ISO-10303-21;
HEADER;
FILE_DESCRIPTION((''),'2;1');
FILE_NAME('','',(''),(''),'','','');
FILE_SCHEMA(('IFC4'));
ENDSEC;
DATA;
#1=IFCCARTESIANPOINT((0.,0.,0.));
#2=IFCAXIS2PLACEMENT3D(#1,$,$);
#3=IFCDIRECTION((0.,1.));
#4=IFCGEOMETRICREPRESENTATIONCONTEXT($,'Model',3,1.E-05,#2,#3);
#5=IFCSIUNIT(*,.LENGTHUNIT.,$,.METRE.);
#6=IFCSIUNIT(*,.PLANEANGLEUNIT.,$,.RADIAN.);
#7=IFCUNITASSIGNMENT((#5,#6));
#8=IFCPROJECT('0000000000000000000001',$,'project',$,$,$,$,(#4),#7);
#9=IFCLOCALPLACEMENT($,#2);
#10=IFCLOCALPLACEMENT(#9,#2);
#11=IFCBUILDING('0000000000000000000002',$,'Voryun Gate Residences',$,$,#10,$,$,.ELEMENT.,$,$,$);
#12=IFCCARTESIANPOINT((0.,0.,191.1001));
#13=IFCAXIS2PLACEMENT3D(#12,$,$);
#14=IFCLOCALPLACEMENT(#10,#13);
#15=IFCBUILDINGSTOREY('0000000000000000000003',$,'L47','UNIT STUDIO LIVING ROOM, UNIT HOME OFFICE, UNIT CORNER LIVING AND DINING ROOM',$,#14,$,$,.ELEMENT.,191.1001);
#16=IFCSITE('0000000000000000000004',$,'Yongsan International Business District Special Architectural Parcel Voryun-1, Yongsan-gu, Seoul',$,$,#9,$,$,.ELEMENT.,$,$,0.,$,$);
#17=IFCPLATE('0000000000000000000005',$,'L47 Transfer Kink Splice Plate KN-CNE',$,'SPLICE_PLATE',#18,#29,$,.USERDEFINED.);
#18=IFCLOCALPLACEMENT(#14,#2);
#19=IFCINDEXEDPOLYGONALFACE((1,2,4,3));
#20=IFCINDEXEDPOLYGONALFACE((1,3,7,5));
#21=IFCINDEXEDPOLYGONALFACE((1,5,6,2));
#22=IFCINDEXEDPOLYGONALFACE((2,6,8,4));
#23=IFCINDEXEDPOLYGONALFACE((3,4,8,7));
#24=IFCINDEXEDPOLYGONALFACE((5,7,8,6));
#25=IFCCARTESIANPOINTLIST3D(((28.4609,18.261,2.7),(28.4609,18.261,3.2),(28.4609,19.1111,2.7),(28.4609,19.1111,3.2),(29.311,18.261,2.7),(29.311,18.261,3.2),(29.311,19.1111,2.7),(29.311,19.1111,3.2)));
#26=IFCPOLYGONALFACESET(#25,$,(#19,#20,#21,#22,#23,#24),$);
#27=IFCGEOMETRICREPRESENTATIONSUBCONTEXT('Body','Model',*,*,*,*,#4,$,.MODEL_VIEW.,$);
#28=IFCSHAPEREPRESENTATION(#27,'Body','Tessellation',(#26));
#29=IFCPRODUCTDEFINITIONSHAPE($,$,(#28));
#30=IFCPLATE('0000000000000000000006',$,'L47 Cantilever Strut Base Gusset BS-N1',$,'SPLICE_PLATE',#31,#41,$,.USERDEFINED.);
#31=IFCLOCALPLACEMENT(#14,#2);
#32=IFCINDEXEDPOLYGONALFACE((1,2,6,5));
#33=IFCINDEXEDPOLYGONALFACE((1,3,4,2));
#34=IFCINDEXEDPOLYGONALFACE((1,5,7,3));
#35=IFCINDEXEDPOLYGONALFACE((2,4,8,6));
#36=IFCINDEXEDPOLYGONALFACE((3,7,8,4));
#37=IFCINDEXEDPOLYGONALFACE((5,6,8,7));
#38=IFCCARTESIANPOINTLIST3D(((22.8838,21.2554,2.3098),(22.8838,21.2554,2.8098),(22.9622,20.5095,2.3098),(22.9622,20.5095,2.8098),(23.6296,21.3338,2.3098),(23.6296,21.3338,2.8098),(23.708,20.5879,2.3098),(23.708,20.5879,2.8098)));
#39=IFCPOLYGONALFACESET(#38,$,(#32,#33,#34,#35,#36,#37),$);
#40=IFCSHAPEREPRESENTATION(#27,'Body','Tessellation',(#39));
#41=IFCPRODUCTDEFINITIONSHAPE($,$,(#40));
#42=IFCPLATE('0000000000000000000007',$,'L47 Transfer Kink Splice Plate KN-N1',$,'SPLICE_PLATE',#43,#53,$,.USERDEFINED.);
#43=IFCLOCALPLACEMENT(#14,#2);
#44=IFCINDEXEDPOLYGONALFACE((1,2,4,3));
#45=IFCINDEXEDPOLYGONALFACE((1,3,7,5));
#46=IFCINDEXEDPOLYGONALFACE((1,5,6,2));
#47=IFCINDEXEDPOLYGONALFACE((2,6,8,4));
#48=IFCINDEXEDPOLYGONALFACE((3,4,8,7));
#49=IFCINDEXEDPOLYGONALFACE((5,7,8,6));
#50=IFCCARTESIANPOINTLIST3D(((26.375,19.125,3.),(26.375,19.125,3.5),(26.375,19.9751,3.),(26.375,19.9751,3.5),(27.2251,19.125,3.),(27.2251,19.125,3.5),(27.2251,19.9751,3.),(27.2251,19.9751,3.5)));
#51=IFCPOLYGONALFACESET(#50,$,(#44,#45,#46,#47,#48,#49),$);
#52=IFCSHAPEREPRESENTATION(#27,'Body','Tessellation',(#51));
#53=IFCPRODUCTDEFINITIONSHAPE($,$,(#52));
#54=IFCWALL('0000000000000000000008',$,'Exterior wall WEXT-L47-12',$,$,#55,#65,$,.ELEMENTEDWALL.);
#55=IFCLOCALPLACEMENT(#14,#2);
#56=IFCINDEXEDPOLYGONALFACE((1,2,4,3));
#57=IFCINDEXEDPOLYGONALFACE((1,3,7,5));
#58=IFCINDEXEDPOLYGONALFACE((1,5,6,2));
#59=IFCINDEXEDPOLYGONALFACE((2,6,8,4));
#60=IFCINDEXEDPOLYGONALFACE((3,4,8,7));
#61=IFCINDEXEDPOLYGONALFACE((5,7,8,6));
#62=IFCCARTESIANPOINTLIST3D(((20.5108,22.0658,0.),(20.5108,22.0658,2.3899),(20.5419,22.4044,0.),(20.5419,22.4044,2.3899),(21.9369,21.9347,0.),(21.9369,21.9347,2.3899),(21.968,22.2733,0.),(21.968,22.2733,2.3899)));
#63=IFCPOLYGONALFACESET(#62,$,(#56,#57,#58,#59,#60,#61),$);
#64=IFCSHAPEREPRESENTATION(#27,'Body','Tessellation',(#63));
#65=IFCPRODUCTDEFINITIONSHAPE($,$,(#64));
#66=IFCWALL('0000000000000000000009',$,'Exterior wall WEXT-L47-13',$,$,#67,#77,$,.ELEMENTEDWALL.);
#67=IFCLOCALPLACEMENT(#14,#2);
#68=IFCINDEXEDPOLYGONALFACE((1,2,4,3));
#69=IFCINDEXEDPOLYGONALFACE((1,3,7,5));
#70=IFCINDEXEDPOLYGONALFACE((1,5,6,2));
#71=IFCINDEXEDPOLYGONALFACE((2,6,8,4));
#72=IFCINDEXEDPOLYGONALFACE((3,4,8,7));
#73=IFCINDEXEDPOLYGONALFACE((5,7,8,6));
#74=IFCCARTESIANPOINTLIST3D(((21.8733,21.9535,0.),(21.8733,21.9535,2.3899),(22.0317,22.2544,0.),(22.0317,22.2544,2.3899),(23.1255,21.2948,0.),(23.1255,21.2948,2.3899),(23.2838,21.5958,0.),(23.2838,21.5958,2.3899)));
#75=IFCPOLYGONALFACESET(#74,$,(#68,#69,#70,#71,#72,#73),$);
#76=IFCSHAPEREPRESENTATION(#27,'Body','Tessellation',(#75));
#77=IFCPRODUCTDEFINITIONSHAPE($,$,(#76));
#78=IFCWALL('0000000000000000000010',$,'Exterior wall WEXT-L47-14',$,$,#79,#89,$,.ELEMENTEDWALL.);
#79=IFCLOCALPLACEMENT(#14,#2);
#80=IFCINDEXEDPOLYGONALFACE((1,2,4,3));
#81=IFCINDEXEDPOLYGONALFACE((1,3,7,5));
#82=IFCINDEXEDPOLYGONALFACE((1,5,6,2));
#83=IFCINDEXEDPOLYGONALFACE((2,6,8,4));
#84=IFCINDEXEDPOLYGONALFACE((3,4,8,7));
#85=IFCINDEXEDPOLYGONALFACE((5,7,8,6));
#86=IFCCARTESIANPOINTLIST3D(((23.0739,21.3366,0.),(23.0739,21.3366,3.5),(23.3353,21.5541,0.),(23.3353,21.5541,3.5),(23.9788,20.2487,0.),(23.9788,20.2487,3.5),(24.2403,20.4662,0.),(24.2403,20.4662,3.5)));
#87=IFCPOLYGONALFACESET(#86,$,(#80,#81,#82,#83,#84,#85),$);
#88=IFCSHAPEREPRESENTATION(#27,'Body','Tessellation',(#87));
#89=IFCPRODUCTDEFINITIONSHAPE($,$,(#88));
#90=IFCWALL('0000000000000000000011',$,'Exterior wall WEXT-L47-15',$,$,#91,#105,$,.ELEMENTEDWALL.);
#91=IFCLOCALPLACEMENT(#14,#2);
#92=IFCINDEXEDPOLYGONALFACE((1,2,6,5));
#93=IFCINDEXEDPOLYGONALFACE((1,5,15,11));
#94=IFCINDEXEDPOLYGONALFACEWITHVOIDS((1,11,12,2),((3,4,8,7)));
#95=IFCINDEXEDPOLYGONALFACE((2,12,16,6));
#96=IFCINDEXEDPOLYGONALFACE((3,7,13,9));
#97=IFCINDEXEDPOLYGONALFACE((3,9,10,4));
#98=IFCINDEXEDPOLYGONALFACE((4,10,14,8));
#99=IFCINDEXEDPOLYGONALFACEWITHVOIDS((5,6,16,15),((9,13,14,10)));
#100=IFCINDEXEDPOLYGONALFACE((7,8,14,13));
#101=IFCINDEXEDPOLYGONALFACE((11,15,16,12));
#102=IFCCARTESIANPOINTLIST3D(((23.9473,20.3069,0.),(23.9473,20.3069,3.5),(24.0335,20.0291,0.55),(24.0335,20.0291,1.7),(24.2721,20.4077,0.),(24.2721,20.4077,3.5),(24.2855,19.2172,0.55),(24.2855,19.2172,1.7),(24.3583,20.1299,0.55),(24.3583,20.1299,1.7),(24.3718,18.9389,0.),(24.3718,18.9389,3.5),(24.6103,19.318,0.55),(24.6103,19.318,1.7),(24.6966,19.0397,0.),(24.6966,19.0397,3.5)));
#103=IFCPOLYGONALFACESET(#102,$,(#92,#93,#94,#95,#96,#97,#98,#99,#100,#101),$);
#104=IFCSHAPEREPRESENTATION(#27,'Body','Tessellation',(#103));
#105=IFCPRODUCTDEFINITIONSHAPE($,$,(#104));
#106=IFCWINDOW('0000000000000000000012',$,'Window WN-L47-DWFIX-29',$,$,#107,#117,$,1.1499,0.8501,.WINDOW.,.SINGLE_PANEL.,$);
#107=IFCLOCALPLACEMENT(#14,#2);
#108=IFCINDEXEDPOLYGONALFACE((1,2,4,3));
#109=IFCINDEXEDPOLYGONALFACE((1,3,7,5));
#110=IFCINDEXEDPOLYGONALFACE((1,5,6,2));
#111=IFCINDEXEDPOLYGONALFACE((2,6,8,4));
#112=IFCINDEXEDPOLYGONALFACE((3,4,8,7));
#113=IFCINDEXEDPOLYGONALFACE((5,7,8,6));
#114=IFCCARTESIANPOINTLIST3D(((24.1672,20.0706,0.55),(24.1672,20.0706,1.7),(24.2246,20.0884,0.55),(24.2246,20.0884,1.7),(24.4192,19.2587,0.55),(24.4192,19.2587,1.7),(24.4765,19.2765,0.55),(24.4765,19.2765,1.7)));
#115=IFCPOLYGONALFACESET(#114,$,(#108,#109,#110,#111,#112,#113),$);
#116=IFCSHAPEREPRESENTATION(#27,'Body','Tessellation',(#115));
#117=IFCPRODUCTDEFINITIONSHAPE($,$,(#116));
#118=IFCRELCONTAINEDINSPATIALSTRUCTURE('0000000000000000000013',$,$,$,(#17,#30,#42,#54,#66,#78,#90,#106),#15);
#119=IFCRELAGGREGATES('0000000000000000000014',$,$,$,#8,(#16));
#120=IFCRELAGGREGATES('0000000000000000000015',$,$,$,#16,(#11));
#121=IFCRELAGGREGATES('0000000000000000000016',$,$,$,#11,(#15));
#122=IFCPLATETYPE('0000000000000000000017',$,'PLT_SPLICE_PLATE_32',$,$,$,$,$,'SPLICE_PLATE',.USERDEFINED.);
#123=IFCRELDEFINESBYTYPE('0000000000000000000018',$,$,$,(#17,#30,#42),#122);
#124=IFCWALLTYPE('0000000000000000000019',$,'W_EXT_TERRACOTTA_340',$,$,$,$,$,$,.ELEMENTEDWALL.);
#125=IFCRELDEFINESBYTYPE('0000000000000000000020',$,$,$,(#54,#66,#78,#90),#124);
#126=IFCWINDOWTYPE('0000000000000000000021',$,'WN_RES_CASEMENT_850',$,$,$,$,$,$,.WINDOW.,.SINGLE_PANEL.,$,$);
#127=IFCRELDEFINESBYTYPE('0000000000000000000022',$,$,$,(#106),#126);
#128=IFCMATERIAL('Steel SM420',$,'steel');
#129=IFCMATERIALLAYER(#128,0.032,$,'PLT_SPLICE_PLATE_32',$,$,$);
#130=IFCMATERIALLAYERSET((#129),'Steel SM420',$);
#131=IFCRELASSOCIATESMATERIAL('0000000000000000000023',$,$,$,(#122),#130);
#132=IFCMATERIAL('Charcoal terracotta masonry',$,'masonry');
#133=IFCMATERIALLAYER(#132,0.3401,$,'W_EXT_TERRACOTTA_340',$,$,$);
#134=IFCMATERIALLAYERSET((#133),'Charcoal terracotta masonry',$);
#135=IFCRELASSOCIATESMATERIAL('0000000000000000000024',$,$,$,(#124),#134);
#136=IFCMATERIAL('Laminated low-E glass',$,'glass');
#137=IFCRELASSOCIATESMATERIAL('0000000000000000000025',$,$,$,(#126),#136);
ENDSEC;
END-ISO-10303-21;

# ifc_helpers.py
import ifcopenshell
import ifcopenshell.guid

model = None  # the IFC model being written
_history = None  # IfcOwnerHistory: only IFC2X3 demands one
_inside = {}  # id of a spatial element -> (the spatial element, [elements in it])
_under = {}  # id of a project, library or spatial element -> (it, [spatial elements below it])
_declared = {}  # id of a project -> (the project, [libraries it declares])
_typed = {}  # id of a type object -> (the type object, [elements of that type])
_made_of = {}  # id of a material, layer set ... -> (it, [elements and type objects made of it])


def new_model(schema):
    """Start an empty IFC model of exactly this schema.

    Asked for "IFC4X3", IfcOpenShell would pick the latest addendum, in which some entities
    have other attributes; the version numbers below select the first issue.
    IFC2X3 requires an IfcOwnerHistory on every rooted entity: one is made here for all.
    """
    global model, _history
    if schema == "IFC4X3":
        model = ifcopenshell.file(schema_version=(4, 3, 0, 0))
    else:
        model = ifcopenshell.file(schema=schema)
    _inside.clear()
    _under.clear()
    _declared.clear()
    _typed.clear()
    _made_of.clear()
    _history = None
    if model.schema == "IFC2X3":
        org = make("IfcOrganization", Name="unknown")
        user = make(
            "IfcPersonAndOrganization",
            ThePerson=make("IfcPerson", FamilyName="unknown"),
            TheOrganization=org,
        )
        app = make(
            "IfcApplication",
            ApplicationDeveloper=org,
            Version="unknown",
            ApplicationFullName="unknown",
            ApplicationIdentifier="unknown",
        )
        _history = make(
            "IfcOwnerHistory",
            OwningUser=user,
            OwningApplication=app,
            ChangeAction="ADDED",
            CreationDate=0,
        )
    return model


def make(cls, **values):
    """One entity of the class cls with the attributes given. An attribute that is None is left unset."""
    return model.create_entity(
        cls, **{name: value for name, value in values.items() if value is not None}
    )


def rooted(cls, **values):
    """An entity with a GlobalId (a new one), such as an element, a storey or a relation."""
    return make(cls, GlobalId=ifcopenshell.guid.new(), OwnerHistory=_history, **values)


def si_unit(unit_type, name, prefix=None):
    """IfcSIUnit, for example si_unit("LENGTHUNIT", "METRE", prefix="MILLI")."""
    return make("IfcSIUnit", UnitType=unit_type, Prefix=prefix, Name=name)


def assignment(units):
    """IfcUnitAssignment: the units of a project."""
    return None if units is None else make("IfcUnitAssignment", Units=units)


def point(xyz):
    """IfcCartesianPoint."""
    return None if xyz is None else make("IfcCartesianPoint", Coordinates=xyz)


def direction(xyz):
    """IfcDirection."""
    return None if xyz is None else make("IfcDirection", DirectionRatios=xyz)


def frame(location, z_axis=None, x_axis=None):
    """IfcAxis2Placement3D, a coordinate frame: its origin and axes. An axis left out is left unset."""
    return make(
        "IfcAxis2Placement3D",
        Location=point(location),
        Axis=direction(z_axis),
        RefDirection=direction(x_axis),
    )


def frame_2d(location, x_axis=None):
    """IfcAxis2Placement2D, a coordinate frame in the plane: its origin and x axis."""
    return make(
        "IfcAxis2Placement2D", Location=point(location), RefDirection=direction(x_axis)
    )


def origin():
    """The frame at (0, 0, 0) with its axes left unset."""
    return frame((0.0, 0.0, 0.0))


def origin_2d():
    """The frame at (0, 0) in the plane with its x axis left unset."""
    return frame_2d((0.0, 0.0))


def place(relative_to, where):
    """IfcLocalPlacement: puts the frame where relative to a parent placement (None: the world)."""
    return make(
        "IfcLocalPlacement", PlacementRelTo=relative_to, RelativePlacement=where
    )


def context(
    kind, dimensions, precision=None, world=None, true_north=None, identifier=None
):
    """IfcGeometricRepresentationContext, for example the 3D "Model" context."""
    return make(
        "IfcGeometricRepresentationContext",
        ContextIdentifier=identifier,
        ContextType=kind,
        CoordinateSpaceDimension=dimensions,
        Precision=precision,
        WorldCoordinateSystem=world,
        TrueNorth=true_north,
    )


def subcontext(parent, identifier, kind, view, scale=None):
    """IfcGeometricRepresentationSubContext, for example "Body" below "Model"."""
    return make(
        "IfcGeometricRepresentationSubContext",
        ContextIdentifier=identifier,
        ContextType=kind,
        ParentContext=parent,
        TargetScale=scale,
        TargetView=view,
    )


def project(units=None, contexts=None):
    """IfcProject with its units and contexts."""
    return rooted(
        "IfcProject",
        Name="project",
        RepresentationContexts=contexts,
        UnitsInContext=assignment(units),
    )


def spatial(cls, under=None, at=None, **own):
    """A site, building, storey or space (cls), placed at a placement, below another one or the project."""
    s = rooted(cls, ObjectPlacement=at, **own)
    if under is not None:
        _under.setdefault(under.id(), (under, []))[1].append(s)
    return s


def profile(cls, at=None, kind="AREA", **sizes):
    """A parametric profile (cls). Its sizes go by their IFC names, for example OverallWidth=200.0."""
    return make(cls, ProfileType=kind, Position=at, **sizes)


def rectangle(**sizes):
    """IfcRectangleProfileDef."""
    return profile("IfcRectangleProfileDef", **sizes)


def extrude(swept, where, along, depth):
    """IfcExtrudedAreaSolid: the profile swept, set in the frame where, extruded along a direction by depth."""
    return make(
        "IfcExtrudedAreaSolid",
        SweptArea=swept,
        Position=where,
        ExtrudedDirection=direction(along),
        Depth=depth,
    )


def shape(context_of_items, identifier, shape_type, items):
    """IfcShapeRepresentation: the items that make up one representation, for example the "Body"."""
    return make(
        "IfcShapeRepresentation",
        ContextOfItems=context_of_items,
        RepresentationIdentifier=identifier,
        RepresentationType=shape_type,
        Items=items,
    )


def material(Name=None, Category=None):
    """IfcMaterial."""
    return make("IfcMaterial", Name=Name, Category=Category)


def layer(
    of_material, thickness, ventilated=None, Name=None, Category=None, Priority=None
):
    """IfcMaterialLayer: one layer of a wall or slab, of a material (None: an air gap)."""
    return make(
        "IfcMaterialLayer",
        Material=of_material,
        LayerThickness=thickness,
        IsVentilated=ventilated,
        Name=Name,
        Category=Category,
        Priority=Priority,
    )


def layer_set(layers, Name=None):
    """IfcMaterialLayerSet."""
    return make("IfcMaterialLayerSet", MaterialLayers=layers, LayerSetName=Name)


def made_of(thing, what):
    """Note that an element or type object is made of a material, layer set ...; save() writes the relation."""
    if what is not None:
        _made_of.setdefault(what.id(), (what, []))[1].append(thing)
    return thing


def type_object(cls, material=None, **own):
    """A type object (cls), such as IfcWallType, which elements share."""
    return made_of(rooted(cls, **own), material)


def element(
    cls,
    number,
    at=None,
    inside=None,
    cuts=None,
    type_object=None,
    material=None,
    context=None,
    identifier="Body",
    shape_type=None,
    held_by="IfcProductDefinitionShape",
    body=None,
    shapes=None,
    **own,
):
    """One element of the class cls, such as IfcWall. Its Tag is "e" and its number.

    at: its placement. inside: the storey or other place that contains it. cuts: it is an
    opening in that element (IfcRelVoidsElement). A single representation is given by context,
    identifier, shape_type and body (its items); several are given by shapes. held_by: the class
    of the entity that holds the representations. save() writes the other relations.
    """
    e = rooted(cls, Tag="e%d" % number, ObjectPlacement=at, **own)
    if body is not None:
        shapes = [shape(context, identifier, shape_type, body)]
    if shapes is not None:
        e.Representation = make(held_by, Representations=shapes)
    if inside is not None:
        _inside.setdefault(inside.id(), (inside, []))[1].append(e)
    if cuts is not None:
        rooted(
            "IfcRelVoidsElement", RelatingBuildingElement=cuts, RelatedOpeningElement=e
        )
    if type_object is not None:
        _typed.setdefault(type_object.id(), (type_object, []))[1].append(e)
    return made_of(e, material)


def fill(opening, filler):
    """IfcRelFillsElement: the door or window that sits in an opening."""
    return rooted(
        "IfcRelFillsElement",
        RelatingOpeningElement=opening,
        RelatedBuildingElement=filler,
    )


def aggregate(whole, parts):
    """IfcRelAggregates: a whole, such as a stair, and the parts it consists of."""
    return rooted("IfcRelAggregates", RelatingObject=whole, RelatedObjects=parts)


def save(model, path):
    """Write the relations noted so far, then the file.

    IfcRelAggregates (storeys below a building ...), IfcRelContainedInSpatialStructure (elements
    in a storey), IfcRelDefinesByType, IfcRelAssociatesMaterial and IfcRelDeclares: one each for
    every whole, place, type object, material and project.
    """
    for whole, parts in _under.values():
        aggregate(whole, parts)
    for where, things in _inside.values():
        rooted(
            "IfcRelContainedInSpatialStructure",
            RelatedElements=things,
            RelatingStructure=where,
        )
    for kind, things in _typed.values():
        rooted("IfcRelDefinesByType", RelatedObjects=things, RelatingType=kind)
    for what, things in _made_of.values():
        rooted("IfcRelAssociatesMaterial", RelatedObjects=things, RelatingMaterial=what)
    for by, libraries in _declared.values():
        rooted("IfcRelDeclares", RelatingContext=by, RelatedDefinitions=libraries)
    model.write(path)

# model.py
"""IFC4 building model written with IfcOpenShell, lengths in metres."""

from ifc_helpers import new_model, si_unit, direction, frame, frame_2d, origin, origin_2d, place, context, subcontext, project, spatial, rectangle, extrude, material, layer, layer_set, type_object, element, fill, save


model = new_model("IFC4")

# Units and contexts
model_context = context("Model", 3, precision=1e-05, world=origin(), true_north=direction((0.0, 1.0)))
body_context = subcontext(model_context, "Body", "Model", "MODEL_VIEW")
ifc_project = project(units=[si_unit("LENGTHUNIT", "METRE"), si_unit("PLANEANGLEUNIT", "RADIAN")], contexts=[model_context])

# Site, building, storey
site_placement = place(None, origin())
site = spatial("IfcSite", under=ifc_project, at=site_placement, Name="Yongsan International Business District Special Architectural Parcel Voryun-1, Yongsan-gu, Seoul", CompositionType="ELEMENT", RefElevation=0.0)
building_placement = place(site_placement, origin())
building = spatial("IfcBuilding", under=site, at=building_placement, Name="Voryun Gate Residences", CompositionType="ELEMENT")
storey_placement = place(building_placement, frame((0.0, 0.0, 191.1001)))
storey = spatial("IfcBuildingStorey", under=building, at=storey_placement, Name="L47", Description="UNIT STUDIO LIVING ROOM, UNIT HOME OFFICE, UNIT CORNER LIVING AND DINING ROOM", CompositionType="ELEMENT", Elevation=191.1001)

# Plates
ifc_material_1 = material(Name="Steel SM420", Category="steel")
ifc_layer_1 = layer(ifc_material_1, 0.032, Name="PLT_SPLICE_PLATE_32")
ifc_layer_set_1 = layer_set([ifc_layer_1], Name="Steel SM420")
plate_type_1 = type_object("IfcPlateType", Name="PLT_SPLICE_PLATE_32", ElementType="SPLICE_PLATE", PredefinedType="USERDEFINED", material=ifc_layer_set_1)
plate_1_placement = place(storey_placement, frame((28.886, 18.686, 2.7), z_axis=(0.0, 0.0, 1.0), x_axis=(1.0, 0.0, 0.0)))
element("IfcPlate", 1, at=plate_1_placement, inside=storey, type_object=plate_type_1, Name="L47 Transfer Kink Splice Plate KN-CNE", ObjectType="SPLICE_PLATE", PredefinedType="USERDEFINED", context=body_context, shape_type="SweptSolid", body=[
    extrude(rectangle(XDim=0.8501, YDim=0.8501, at=origin_2d()), origin(), (0.0, 0.0, 1.0), 0.5),
])
plate_2_placement = place(storey_placement, frame((23.2959, 20.9216, 2.3098), z_axis=(0.0, 0.0, 1.0), x_axis=(0.994522, 0.104528, 0.0)))
element("IfcPlate", 2, at=plate_2_placement, inside=storey, type_object=plate_type_1, Name="L47 Cantilever Strut Base Gusset BS-N1", ObjectType="SPLICE_PLATE", PredefinedType="USERDEFINED", context=body_context, shape_type="SweptSolid", body=[
    extrude(rectangle(XDim=0.75, YDim=0.75, at=origin_2d()), origin(), (0.0, 0.0, 1.0), 0.5),
])
plate_3_placement = place(storey_placement, frame((26.8, 19.55, 3.0), z_axis=(0.0, 0.0, 1.0), x_axis=(1.0, 0.0, 0.0)))
element("IfcPlate", 3, at=plate_3_placement, inside=storey, type_object=plate_type_1, Name="L47 Transfer Kink Splice Plate KN-N1", ObjectType="SPLICE_PLATE", PredefinedType="USERDEFINED", context=body_context, shape_type="SweptSolid", body=[
    extrude(rectangle(XDim=0.8501, YDim=0.8501, at=origin_2d()), origin(), (0.0, 0.0, 1.0), 0.5),
])

# Walls
ifc_material_2 = material(Name="Charcoal terracotta masonry", Category="masonry")
ifc_layer_2 = layer(ifc_material_2, 0.3401, Name="W_EXT_TERRACOTTA_340")
ifc_layer_set_2 = layer_set([ifc_layer_2], Name="Charcoal terracotta masonry")
wall_type_1 = type_object("IfcWallType", Name="W_EXT_TERRACOTTA_340", PredefinedType="ELEMENTEDWALL", material=ifc_layer_set_2)
wall_1_placement = place(storey_placement, frame((20.5264, 22.2351, 0.0), z_axis=(0.0, 0.0, 1.0), x_axis=(0.9958, -0.09155, 0.0)))
element("IfcWall", 4, at=wall_1_placement, inside=storey, type_object=wall_type_1, Name="Exterior wall WEXT-L47-12", PredefinedType="ELEMENTEDWALL", context=body_context, shape_type="SweptSolid", body=[
    extrude(rectangle(XDim=1.4321, YDim=0.3401, at=frame_2d((0.7161, 0.0))), origin(), (0.0, 0.0, 1.0), 2.3899),
])
wall_2_placement = place(storey_placement, frame((21.9524, 22.104, 0.0), z_axis=(0.0, 0.0, 1.0), x_axis=(0.885023, -0.465547, 0.0)))
element("IfcWall", 5, at=wall_2_placement, inside=storey, type_object=wall_type_1, Name="Exterior wall WEXT-L47-13", PredefinedType="ELEMENTEDWALL", context=body_context, shape_type="SweptSolid", body=[
    extrude(rectangle(XDim=1.4148, YDim=0.3401, at=frame_2d((0.7075, 0.0))), origin(), (0.0, 0.0, 1.0), 2.3899),
])
wall_3_placement = place(storey_placement, frame((23.2046, 21.4453, 0.0), z_axis=(0.0, 0.0, 1.0), x_axis=(0.639539, -0.768758, 0.0)))
element("IfcWall", 6, at=wall_3_placement, inside=storey, type_object=wall_type_1, Name="Exterior wall WEXT-L47-14", PredefinedType="ELEMENTEDWALL", context=body_context, shape_type="SweptSolid", body=[
    extrude(rectangle(XDim=1.415, YDim=0.3401, at=frame_2d((0.7075, 0.0))), origin(), (0.0, 0.0, 1.0), 3.5),
])

# Wall, opening, window
wall_4_placement = place(storey_placement, frame((24.1096, 20.3574, 0.0), z_axis=(0.0, 0.0, 1.0), x_axis=(0.296421, -0.955057, 0.0)))
wall_4 = element("IfcWall", 7, at=wall_4_placement, inside=storey, type_object=wall_type_1, Name="Exterior wall WEXT-L47-15", PredefinedType="ELEMENTEDWALL", context=body_context, shape_type="SweptSolid", body=[
    extrude(rectangle(XDim=1.4324, YDim=0.3401, at=frame_2d((0.7163, 0.0))), origin(), (0.0, 0.0, 1.0), 3.5),
])
opening_1_placement = place(wall_4_placement, frame((0.291, 0.0, 0.55)))
opening_1 = element("IfcOpeningElement", 8, at=opening_1_placement, cuts=wall_4, PredefinedType="OPENING", context=body_context, shape_type="SweptSolid", body=[
    extrude(rectangle(XDim=0.8501, YDim=1.1499, at=frame_2d((0.425, 0.575))), frame((0.0, 0.1799, 0.0), z_axis=(0.0, -1.0, 0.0), x_axis=(1.0, 0.0, 0.0)), (0.0, 0.0, 1.0), 0.3601),
])
ifc_material_3 = material(Name="Laminated low-E glass", Category="glass")
window_type_1 = type_object("IfcWindowType", Name="WN_RES_CASEMENT_850", PartitioningType="SINGLE_PANEL", PredefinedType="WINDOW", material=ifc_material_3)
window_1_placement = place(opening_1_placement, origin())
window_1 = element("IfcWindow", 9, at=window_1_placement, inside=storey, type_object=window_type_1, Name="Window WN-L47-DWFIX-29", OverallHeight=1.1499, OverallWidth=0.8501, PartitioningType="SINGLE_PANEL", PredefinedType="WINDOW", context=body_context, shape_type="SweptSolid", body=[
    extrude(rectangle(XDim=0.8501, YDim=1.1499, at=frame_2d((0.425, 0.575))), frame((0.0, 0.03, 0.0), z_axis=(0.0, -1.0, 0.0), x_axis=(1.0, 0.0, 0.0)), (0.0, 0.0, 1.0), 0.0601),
])
fill(opening_1, window_1)

save(model, "model.ifc")
